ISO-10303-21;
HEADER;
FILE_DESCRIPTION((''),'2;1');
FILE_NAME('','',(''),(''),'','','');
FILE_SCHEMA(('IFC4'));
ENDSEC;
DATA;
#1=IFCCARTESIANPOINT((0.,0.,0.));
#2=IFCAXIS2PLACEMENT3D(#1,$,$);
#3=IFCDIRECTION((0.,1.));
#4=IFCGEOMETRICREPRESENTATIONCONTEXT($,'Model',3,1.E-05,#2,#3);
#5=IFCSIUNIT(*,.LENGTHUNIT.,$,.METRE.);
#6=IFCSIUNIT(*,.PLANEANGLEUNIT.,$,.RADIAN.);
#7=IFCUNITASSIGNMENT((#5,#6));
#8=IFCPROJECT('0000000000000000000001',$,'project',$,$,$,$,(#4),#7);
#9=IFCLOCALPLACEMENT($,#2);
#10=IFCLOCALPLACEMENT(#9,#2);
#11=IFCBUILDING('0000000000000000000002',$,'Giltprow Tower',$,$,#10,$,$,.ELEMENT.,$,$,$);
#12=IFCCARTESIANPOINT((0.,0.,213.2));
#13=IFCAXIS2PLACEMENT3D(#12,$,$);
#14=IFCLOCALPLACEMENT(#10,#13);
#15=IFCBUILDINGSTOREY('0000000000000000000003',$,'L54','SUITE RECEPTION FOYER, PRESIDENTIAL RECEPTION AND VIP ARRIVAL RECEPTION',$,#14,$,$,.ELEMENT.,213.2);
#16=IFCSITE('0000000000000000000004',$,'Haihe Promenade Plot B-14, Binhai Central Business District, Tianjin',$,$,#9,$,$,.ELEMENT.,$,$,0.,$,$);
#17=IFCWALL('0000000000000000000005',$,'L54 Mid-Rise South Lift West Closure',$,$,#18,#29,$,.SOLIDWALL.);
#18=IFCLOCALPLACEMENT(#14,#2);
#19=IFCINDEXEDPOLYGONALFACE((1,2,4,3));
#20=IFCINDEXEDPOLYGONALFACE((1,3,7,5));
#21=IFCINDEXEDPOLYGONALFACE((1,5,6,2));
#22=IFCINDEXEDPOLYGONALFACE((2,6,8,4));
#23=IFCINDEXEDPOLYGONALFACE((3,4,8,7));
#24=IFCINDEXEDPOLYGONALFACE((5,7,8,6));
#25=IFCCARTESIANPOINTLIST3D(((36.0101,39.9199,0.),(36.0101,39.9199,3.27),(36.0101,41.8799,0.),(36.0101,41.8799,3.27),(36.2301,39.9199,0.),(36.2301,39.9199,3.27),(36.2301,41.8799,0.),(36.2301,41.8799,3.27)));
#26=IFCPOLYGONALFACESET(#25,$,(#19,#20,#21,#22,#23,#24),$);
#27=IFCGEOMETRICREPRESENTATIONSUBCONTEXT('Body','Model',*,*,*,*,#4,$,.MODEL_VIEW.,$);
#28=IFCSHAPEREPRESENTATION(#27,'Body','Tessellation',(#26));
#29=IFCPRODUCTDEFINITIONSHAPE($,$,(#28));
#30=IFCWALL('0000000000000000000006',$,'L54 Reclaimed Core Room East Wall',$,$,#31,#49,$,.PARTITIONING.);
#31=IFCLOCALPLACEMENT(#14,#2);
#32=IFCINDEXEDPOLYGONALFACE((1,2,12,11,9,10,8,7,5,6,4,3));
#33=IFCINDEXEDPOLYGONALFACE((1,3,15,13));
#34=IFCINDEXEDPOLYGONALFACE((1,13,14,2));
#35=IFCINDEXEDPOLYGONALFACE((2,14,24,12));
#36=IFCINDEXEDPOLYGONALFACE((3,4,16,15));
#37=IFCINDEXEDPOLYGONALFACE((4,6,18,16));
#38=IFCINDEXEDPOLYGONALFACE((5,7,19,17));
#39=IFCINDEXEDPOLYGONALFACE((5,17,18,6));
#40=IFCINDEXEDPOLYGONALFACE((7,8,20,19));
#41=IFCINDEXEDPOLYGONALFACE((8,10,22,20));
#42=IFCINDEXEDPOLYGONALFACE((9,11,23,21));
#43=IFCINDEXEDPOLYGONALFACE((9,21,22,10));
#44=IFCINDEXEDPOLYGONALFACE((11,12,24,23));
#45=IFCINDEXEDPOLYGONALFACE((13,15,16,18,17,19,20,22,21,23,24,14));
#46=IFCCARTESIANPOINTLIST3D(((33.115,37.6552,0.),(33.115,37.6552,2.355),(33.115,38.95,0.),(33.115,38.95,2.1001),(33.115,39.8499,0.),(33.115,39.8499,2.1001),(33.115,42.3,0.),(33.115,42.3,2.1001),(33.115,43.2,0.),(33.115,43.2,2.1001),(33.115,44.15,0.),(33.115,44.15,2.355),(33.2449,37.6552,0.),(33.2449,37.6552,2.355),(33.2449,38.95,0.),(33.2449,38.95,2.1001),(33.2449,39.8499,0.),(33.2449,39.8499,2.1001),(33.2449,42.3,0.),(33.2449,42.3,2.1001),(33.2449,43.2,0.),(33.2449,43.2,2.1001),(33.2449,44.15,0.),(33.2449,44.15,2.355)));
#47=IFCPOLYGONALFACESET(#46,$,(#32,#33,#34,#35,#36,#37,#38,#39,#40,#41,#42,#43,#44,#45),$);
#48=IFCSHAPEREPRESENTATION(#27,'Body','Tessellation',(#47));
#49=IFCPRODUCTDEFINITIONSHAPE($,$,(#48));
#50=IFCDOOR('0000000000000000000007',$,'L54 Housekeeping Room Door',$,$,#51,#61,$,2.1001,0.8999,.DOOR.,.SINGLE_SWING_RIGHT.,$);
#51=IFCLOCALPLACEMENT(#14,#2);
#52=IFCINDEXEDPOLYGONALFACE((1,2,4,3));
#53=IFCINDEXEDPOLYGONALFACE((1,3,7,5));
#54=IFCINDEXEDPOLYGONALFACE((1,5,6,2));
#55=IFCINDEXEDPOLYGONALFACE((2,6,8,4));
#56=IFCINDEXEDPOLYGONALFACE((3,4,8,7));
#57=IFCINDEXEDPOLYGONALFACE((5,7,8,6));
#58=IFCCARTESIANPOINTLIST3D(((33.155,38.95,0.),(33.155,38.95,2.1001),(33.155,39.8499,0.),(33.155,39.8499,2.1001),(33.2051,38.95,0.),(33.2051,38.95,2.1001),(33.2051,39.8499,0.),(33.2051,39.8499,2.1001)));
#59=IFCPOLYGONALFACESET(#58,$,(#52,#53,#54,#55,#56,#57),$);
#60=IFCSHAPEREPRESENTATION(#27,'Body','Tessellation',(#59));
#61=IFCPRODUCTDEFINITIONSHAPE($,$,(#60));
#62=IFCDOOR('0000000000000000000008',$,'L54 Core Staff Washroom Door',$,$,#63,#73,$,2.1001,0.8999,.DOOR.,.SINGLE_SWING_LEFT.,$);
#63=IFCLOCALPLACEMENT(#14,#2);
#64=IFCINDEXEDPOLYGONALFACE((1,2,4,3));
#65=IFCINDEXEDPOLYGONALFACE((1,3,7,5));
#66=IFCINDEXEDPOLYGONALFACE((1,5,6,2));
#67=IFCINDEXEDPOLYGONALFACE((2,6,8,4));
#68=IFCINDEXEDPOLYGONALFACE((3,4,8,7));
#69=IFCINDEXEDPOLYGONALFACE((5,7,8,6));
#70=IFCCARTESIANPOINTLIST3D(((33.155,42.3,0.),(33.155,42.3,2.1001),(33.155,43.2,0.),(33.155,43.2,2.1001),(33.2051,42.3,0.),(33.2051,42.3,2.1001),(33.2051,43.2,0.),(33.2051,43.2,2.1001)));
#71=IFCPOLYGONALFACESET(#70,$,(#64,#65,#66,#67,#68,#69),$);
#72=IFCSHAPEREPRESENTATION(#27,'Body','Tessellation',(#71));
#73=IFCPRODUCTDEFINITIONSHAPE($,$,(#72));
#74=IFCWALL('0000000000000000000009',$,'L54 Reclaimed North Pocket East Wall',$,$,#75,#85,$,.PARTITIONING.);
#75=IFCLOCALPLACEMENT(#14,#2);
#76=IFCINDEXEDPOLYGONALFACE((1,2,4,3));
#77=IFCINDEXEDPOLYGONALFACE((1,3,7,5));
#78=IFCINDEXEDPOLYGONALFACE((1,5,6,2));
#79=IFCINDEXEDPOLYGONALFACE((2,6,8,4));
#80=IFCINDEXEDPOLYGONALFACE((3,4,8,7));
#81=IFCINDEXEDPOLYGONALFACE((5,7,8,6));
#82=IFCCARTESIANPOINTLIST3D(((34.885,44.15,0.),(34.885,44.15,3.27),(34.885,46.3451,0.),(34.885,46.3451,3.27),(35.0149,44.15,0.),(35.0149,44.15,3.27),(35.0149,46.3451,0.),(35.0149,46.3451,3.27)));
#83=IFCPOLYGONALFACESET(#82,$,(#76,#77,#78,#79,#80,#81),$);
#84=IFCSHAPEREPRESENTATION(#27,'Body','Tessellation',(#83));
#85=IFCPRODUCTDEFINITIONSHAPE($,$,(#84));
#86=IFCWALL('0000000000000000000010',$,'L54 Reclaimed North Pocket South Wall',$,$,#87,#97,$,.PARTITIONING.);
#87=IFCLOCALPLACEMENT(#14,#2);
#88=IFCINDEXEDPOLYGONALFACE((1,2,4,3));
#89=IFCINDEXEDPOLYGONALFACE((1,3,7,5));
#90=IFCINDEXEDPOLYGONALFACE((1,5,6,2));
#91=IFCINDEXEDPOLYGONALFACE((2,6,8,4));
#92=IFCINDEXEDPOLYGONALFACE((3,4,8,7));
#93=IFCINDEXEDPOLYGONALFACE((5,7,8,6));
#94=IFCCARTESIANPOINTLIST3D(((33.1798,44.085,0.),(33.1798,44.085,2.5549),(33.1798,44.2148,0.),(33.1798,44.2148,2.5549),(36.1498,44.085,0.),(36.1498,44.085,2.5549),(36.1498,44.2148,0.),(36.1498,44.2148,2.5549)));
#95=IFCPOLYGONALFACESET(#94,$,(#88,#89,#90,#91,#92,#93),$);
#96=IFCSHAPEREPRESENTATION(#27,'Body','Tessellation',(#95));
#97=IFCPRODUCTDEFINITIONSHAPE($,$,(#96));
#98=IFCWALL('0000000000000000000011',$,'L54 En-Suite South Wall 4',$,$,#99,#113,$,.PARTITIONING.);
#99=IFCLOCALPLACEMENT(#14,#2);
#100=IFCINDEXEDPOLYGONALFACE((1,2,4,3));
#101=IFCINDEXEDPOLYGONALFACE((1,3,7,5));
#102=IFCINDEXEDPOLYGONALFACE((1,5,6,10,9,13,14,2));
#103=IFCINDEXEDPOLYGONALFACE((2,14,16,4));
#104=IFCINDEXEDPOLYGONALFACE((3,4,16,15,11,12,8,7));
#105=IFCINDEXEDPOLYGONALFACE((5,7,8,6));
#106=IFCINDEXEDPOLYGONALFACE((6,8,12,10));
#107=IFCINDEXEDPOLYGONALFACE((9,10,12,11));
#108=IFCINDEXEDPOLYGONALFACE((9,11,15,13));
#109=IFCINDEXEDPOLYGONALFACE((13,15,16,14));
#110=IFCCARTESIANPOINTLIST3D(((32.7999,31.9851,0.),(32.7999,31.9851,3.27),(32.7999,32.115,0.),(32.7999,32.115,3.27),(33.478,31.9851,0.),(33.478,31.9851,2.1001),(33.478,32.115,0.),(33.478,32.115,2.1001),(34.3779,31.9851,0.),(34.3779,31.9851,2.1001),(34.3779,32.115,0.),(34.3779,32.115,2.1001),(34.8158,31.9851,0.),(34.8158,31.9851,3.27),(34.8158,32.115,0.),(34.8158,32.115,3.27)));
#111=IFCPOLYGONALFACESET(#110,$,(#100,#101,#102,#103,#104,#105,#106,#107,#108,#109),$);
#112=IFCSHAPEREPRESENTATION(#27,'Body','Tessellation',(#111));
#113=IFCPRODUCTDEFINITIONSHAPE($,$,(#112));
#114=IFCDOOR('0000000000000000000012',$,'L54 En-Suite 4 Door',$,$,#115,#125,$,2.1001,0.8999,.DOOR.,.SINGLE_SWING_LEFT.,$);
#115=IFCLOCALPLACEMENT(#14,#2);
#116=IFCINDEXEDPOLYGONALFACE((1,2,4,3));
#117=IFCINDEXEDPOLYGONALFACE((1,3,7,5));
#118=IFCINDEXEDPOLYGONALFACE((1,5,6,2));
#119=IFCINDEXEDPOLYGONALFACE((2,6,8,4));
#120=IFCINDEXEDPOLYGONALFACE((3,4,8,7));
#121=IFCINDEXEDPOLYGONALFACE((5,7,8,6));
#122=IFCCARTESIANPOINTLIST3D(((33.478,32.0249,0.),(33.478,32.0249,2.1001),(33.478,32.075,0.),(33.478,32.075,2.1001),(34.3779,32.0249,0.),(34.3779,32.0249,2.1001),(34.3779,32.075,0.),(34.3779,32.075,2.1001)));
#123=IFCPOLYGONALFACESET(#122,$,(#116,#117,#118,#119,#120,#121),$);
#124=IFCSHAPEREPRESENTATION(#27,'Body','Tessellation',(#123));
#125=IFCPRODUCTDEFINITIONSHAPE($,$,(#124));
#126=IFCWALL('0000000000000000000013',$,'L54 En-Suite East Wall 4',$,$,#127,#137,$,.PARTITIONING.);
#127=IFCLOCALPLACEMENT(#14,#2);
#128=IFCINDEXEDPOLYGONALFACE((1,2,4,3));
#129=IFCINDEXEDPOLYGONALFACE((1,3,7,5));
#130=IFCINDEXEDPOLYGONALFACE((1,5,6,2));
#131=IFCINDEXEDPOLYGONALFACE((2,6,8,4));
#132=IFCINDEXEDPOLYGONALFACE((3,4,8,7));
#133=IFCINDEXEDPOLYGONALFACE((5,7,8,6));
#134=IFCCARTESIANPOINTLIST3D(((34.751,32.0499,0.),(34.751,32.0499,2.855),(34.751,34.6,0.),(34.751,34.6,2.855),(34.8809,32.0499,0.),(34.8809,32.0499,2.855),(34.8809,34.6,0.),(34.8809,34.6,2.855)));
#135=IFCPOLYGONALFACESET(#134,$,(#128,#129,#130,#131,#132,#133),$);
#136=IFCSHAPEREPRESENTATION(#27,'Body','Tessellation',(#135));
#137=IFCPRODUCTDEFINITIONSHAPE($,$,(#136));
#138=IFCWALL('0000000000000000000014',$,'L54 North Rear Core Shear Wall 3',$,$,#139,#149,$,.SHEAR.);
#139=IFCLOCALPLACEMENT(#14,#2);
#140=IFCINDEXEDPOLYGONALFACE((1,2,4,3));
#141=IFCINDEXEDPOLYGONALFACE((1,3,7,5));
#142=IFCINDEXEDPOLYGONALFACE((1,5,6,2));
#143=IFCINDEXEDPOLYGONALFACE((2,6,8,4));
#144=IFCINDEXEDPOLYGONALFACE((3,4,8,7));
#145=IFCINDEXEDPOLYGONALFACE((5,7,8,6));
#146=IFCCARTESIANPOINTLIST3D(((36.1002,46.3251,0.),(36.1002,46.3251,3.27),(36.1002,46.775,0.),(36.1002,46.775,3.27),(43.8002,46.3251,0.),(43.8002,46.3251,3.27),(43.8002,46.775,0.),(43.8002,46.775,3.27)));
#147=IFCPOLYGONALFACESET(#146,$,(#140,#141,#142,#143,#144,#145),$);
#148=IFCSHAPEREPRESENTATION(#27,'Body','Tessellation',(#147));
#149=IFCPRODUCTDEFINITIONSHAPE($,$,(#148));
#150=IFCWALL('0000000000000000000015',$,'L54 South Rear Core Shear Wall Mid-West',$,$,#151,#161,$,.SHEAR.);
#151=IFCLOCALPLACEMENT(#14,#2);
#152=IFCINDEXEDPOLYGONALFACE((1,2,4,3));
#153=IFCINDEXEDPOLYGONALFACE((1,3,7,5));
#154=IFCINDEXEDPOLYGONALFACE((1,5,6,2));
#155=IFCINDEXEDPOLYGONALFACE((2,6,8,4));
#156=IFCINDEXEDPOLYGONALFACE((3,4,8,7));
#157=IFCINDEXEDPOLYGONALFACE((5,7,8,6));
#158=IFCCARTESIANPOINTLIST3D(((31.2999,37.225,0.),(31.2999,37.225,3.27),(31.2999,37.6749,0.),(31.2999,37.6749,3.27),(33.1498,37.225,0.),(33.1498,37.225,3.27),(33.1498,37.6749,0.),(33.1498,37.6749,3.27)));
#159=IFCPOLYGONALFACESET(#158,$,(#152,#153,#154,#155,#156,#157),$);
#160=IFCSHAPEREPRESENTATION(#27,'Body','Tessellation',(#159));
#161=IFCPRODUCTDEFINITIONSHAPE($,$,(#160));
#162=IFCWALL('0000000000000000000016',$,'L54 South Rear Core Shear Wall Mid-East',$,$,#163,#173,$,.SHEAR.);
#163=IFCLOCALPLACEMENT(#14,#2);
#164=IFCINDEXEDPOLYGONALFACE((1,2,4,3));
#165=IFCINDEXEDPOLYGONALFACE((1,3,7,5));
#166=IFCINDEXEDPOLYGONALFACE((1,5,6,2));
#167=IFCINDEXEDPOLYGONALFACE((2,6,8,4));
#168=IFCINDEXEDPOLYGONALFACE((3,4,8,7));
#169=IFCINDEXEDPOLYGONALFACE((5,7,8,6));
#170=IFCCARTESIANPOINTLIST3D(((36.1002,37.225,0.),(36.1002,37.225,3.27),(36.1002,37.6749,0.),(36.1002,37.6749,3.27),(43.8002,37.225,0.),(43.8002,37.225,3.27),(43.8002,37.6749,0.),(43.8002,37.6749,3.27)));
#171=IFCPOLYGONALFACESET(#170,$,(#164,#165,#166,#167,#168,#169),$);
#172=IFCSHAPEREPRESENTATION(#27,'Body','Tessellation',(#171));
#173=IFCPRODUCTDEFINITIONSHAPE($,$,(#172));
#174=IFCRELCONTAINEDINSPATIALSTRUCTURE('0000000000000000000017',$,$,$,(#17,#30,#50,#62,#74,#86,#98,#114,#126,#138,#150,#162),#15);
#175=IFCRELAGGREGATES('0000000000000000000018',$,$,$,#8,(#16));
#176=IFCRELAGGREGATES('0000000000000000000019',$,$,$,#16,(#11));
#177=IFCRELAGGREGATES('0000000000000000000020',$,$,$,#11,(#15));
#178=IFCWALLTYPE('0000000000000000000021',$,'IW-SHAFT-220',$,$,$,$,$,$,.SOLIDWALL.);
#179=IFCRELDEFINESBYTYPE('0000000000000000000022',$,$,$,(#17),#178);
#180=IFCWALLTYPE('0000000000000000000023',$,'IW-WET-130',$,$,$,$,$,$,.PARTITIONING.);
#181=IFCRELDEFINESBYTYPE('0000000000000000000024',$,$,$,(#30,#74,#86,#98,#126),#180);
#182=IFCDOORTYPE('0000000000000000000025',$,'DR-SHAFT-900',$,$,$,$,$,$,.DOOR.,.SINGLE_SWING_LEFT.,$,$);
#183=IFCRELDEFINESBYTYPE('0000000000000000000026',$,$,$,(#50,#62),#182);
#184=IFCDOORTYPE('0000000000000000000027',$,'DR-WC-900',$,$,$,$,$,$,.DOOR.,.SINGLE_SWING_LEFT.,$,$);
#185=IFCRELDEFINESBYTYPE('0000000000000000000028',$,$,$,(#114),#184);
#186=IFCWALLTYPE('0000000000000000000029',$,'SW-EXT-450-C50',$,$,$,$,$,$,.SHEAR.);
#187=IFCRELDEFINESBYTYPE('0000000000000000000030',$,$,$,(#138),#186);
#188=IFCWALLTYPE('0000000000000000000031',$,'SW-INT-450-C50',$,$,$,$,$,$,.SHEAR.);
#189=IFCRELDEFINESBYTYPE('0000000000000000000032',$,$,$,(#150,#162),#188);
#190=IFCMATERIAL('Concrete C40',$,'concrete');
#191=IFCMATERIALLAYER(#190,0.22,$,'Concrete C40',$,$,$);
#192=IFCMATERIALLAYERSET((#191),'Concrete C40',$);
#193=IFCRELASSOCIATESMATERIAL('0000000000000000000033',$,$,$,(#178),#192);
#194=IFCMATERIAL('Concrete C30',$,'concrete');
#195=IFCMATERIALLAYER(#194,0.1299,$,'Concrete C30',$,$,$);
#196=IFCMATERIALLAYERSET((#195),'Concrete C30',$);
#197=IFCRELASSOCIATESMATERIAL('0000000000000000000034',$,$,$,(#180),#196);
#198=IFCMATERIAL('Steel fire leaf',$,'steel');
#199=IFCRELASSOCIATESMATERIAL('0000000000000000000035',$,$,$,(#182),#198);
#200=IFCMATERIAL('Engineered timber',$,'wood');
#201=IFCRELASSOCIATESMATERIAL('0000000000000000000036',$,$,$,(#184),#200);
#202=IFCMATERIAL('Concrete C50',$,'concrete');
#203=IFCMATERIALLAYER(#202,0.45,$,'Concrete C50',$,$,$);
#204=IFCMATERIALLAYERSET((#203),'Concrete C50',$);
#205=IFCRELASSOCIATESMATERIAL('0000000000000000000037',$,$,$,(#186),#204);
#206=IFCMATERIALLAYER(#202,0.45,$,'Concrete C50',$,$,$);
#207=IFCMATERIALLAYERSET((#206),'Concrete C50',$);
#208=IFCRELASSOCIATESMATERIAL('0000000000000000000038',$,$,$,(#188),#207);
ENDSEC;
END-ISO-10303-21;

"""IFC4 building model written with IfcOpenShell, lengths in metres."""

from ifc_helpers import new_model, si_unit, direction, frame, frame_2d, origin, place, context, subcontext, project, spatial, rectangle, extrude, source, transform, mapped, material, layer, layer_set, type_object, element, fill, save


model = new_model("IFC4")

# Units and contexts
model_context = context("Model", 3, precision=1e-05, world=origin(), true_north=direction((0.0, 1.0)))
body_context = subcontext(model_context, "Body", "Model", "MODEL_VIEW")
ifc_project = project(units=[si_unit("LENGTHUNIT", "METRE"), si_unit("PLANEANGLEUNIT", "RADIAN")], contexts=[model_context])

# Site, building, storey
site_placement = place(None, origin())
site = spatial("IfcSite", under=ifc_project, at=site_placement, Name="Haihe Promenade Plot B-14, Binhai Central Business District, Tianjin", CompositionType="ELEMENT", RefElevation=0.0)
building_placement = place(site_placement, origin())
building = spatial("IfcBuilding", under=site, at=building_placement, Name="Giltprow Tower", CompositionType="ELEMENT")
storey_placement = place(building_placement, frame((0.0, 0.0, 213.2)))
storey = spatial("IfcBuildingStorey", under=building, at=storey_placement, Name="L54", Description="SUITE RECEPTION FOYER, PRESIDENTIAL RECEPTION AND VIP ARRIVAL RECEPTION", CompositionType="ELEMENT", Elevation=213.2)

# Shared definitions
ifc_material_1 = material(Name="Concrete C50", Category="concrete")

# Shared definitions
ifc_material_2 = material(Name="Concrete C40", Category="concrete")
ifc_layer_1 = layer(ifc_material_2, 0.22, Name="Concrete C40")
ifc_layer_set_1 = layer_set([ifc_layer_1], Name="Concrete C40")
wall_type_1 = type_object("IfcWallType", Name="IW-SHAFT-220", PredefinedType="SOLIDWALL", material=ifc_layer_set_1)

# Wall
wall_1_placement = place(storey_placement, frame((36.1201, 39.9199, 0.0), z_axis=(0.0, 0.0, 1.0), x_axis=(0.0, 1.0, 0.0)))
element("IfcWall", 1, at=wall_1_placement, inside=storey, type_object=wall_type_1, Name="L54 Mid-Rise South Lift West Closure", PredefinedType="SOLIDWALL", context=body_context, shape_type="SweptSolid", body=[
    extrude(rectangle(XDim=1.96, YDim=0.22, at=frame_2d((0.98, 0.0))), origin(), (0.0, 0.0, 1.0), 3.27),
])

# Wall, openings, doors
ifc_material_3 = material(Name="Concrete C30", Category="concrete")
ifc_layer_2 = layer(ifc_material_3, 0.1299, Name="Concrete C30")
ifc_layer_set_2 = layer_set([ifc_layer_2], Name="Concrete C30")
wall_type_2 = type_object("IfcWallType", Name="IW-WET-130", PredefinedType="PARTITIONING", material=ifc_layer_set_2)
wall_2_placement = place(storey_placement, frame((33.1799, 37.655, 0.0), z_axis=(0.0, 0.0, 1.0), x_axis=(0.0, 1.0, 0.0)))
wall_2 = element("IfcWall", 2, at=wall_2_placement, inside=storey, type_object=wall_type_2, Name="L54 Reclaimed Core Room East Wall", PredefinedType="PARTITIONING", context=body_context, shape_type="SweptSolid", body=[
    extrude(rectangle(XDim=6.4949, YDim=0.1299, at=frame_2d((3.2476, 0.0))), origin(), (0.0, 0.0, 1.0), 2.355),
])
opening_1_placement = place(wall_2_placement, frame((1.2949, 0.0, 0.0)))
opening_1 = element("IfcOpeningElement", 3, at=opening_1_placement, cuts=wall_2, PredefinedType="OPENING", context=body_context, shape_type="SweptSolid", body=[
    extrude(rectangle(XDim=0.8999, YDim=2.1001, at=frame_2d((0.45, 1.05))), frame((0.0, 0.075, 0.0), z_axis=(0.0, -1.0, 0.0), x_axis=(1.0, 0.0, 0.0)), (0.0, 0.0, 1.0), 0.1499),
])
opening_2_placement = place(wall_2_placement, frame((4.645, 0.0, 0.0)))
opening_2 = element("IfcOpeningElement", 4, at=opening_2_placement, cuts=wall_2, PredefinedType="OPENING", context=body_context, shape_type="SweptSolid", body=[
    extrude(rectangle(XDim=0.8999, YDim=2.1001, at=frame_2d((0.45, 1.05))), frame((0.0, 0.075, 0.0), z_axis=(0.0, -1.0, 0.0), x_axis=(1.0, 0.0, 0.0)), (0.0, 0.0, 1.0), 0.1499),
])
ifc_material_4 = material(Name="Steel fire leaf", Category="steel")
door_type_1 = type_object("IfcDoorType", Name="DR-SHAFT-900", OperationType="SINGLE_SWING_LEFT", PredefinedType="DOOR", material=ifc_material_4)
shared_shape_1 = source(origin(), body_context, "Body", "SweptSolid", [
    extrude(rectangle(XDim=0.8999, YDim=2.1001, at=frame_2d((0.45, 1.05))), frame((0.0, 0.0249, 0.0), z_axis=(0.0, -1.0, 0.0), x_axis=(1.0, 0.0, 0.0)), (0.0, 0.0, 1.0), 0.05),
])
door_1_placement = place(opening_1_placement, origin())
door_1 = element("IfcDoor", 5, at=door_1_placement, inside=storey, type_object=door_type_1, Name="L54 Housekeeping Room Door", OperationType="SINGLE_SWING_RIGHT", OverallHeight=2.1001, OverallWidth=0.8999, PredefinedType="DOOR", context=body_context, shape_type="MappedRepresentation", body=[
    mapped(shared_shape_1, transform((0.0, 0.0, 0.0), x_axis=(1.0, 0.0, 0.0), y_axis=(0.0, 1.0, 0.0), z_axis=(0.0, 0.0, 1.0), scale=1.0)),
])
fill(opening_1, door_1)
door_2_placement = place(opening_2_placement, origin())
door_2 = element("IfcDoor", 6, at=door_2_placement, inside=storey, type_object=door_type_1, Name="L54 Core Staff Washroom Door", OperationType="SINGLE_SWING_LEFT", OverallHeight=2.1001, OverallWidth=0.8999, PredefinedType="DOOR", context=body_context, shape_type="MappedRepresentation", body=[
    mapped(shared_shape_1, transform((0.0, 0.0, 0.0), x_axis=(1.0, 0.0, 0.0), y_axis=(0.0, 1.0, 0.0), z_axis=(0.0, 0.0, 1.0), scale=1.0)),
])
fill(opening_2, door_2)

# Walls
wall_3_placement = place(storey_placement, frame((34.95, 44.1499, 0.0), z_axis=(0.0, 0.0, 1.0), x_axis=(0.0, 1.0, 0.0)))
element("IfcWall", 7, at=wall_3_placement, inside=storey, type_object=wall_type_2, Name="L54 Reclaimed North Pocket East Wall", PredefinedType="PARTITIONING", context=body_context, shape_type="SweptSolid", body=[
    extrude(rectangle(XDim=2.1951, YDim=0.1299, at=frame_2d((1.0977, 0.0))), origin(), (0.0, 0.0, 1.0), 3.27),
])
wall_4_placement = place(storey_placement, frame((33.1799, 44.1499, 0.0), z_axis=(0.0, 0.0, 1.0), x_axis=(1.0, 0.0, 0.0)))
element("IfcWall", 8, at=wall_4_placement, inside=storey, type_object=wall_type_2, Name="L54 Reclaimed North Pocket South Wall", PredefinedType="PARTITIONING", context=body_context, shape_type="SweptSolid", body=[
    extrude(rectangle(XDim=2.97, YDim=0.1299, at=frame_2d((1.4849, 0.0))), origin(), (0.0, 0.0, 1.0), 2.5549),
])

# Wall, opening, door
wall_5_placement = place(storey_placement, frame((32.8, 32.05, 0.0), z_axis=(0.0, 0.0, 1.0), x_axis=(1.0, 0.0, 0.0)))
wall_5 = element("IfcWall", 9, at=wall_5_placement, inside=storey, type_object=wall_type_2, Name="L54 En-Suite South Wall 4", PredefinedType="PARTITIONING", context=body_context, shape_type="SweptSolid", body=[
    extrude(rectangle(XDim=2.0159, YDim=0.1299, at=frame_2d((1.0078, 0.0))), origin(), (0.0, 0.0, 1.0), 3.27),
])
opening_3_placement = place(wall_5_placement, frame((0.678, 0.0, 0.0)))
opening_3 = element("IfcOpeningElement", 10, at=opening_3_placement, cuts=wall_5, PredefinedType="OPENING", context=body_context, shape_type="SweptSolid", body=[
    extrude(rectangle(XDim=0.8999, YDim=2.1001, at=frame_2d((0.45, 1.05))), frame((0.0, 0.075, 0.0), z_axis=(0.0, -1.0, 0.0), x_axis=(1.0, 0.0, 0.0)), (0.0, 0.0, 1.0), 0.1499),
])
ifc_material_5 = material(Name="Engineered timber", Category="wood")
door_type_2 = type_object("IfcDoorType", Name="DR-WC-900", OperationType="SINGLE_SWING_LEFT", PredefinedType="DOOR", material=ifc_material_5)
door_3_placement = place(opening_3_placement, origin())
door_3 = element("IfcDoor", 11, at=door_3_placement, inside=storey, type_object=door_type_2, Name="L54 En-Suite 4 Door", OperationType="SINGLE_SWING_LEFT", OverallHeight=2.1001, OverallWidth=0.8999, PredefinedType="DOOR", context=body_context, shape_type="MappedRepresentation", body=[
    mapped(shared_shape_1, transform((0.0, 0.0, 0.0), x_axis=(1.0, 0.0, 0.0), y_axis=(0.0, 1.0, 0.0), z_axis=(0.0, 0.0, 1.0), scale=1.0)),
])
fill(opening_3, door_3)

# Walls
wall_6_placement = place(storey_placement, frame((34.8159, 32.05, 0.0), z_axis=(0.0, 0.0, 1.0), x_axis=(0.0, 1.0, 0.0)))
element("IfcWall", 12, at=wall_6_placement, inside=storey, type_object=wall_type_2, Name="L54 En-Suite East Wall 4", PredefinedType="PARTITIONING", context=body_context, shape_type="SweptSolid", body=[
    extrude(rectangle(XDim=2.55, YDim=0.1299, at=frame_2d((1.2749, 0.0))), origin(), (0.0, 0.0, 1.0), 2.855),
])
ifc_layer_3 = layer(ifc_material_1, 0.45, Name="Concrete C50")
ifc_layer_set_3 = layer_set([ifc_layer_3], Name="Concrete C50")
wall_type_3 = type_object("IfcWallType", Name="SW-EXT-450-C50", PredefinedType="SHEAR", material=ifc_layer_set_3)
wall_7_placement = place(storey_placement, frame((36.1001, 46.55, 0.0), z_axis=(0.0, 0.0, 1.0), x_axis=(1.0, 0.0, 0.0)))
element("IfcWall", 13, at=wall_7_placement, inside=storey, type_object=wall_type_3, Name="L54 North Rear Core Shear Wall 3", PredefinedType="SHEAR", context=body_context, shape_type="SweptSolid", body=[
    extrude(rectangle(XDim=7.7, YDim=0.45, at=frame_2d((3.8501, 0.0))), origin(), (0.0, 0.0, 1.0), 3.27),
])
ifc_layer_4 = layer(ifc_material_1, 0.45, Name="Concrete C50")
ifc_layer_set_4 = layer_set([ifc_layer_4], Name="Concrete C50")
wall_type_4 = type_object("IfcWallType", Name="SW-INT-450-C50", PredefinedType="SHEAR", material=ifc_layer_set_4)
wall_8_placement = place(storey_placement, frame((31.3, 37.45, 0.0), z_axis=(0.0, 0.0, 1.0), x_axis=(1.0, 0.0, 0.0)))
element("IfcWall", 14, at=wall_8_placement, inside=storey, type_object=wall_type_4, Name="L54 South Rear Core Shear Wall Mid-West", PredefinedType="SHEAR", context=body_context, shape_type="SweptSolid", body=[
    extrude(rectangle(XDim=1.8499, YDim=0.45, at=frame_2d((0.9248, 0.0))), origin(), (0.0, 0.0, 1.0), 3.27),
])
wall_9_placement = place(storey_placement, frame((36.1001, 37.45, 0.0), z_axis=(0.0, 0.0, 1.0), x_axis=(1.0, 0.0, 0.0)))
element("IfcWall", 15, at=wall_9_placement, inside=storey, type_object=wall_type_4, Name="L54 South Rear Core Shear Wall Mid-East", PredefinedType="SHEAR", context=body_context, shape_type="SweptSolid", body=[
    extrude(rectangle(XDim=7.7, YDim=0.45, at=frame_2d((3.8501, 0.0))), origin(), (0.0, 0.0, 1.0), 3.27),
])

save(model, "model.ifc")
